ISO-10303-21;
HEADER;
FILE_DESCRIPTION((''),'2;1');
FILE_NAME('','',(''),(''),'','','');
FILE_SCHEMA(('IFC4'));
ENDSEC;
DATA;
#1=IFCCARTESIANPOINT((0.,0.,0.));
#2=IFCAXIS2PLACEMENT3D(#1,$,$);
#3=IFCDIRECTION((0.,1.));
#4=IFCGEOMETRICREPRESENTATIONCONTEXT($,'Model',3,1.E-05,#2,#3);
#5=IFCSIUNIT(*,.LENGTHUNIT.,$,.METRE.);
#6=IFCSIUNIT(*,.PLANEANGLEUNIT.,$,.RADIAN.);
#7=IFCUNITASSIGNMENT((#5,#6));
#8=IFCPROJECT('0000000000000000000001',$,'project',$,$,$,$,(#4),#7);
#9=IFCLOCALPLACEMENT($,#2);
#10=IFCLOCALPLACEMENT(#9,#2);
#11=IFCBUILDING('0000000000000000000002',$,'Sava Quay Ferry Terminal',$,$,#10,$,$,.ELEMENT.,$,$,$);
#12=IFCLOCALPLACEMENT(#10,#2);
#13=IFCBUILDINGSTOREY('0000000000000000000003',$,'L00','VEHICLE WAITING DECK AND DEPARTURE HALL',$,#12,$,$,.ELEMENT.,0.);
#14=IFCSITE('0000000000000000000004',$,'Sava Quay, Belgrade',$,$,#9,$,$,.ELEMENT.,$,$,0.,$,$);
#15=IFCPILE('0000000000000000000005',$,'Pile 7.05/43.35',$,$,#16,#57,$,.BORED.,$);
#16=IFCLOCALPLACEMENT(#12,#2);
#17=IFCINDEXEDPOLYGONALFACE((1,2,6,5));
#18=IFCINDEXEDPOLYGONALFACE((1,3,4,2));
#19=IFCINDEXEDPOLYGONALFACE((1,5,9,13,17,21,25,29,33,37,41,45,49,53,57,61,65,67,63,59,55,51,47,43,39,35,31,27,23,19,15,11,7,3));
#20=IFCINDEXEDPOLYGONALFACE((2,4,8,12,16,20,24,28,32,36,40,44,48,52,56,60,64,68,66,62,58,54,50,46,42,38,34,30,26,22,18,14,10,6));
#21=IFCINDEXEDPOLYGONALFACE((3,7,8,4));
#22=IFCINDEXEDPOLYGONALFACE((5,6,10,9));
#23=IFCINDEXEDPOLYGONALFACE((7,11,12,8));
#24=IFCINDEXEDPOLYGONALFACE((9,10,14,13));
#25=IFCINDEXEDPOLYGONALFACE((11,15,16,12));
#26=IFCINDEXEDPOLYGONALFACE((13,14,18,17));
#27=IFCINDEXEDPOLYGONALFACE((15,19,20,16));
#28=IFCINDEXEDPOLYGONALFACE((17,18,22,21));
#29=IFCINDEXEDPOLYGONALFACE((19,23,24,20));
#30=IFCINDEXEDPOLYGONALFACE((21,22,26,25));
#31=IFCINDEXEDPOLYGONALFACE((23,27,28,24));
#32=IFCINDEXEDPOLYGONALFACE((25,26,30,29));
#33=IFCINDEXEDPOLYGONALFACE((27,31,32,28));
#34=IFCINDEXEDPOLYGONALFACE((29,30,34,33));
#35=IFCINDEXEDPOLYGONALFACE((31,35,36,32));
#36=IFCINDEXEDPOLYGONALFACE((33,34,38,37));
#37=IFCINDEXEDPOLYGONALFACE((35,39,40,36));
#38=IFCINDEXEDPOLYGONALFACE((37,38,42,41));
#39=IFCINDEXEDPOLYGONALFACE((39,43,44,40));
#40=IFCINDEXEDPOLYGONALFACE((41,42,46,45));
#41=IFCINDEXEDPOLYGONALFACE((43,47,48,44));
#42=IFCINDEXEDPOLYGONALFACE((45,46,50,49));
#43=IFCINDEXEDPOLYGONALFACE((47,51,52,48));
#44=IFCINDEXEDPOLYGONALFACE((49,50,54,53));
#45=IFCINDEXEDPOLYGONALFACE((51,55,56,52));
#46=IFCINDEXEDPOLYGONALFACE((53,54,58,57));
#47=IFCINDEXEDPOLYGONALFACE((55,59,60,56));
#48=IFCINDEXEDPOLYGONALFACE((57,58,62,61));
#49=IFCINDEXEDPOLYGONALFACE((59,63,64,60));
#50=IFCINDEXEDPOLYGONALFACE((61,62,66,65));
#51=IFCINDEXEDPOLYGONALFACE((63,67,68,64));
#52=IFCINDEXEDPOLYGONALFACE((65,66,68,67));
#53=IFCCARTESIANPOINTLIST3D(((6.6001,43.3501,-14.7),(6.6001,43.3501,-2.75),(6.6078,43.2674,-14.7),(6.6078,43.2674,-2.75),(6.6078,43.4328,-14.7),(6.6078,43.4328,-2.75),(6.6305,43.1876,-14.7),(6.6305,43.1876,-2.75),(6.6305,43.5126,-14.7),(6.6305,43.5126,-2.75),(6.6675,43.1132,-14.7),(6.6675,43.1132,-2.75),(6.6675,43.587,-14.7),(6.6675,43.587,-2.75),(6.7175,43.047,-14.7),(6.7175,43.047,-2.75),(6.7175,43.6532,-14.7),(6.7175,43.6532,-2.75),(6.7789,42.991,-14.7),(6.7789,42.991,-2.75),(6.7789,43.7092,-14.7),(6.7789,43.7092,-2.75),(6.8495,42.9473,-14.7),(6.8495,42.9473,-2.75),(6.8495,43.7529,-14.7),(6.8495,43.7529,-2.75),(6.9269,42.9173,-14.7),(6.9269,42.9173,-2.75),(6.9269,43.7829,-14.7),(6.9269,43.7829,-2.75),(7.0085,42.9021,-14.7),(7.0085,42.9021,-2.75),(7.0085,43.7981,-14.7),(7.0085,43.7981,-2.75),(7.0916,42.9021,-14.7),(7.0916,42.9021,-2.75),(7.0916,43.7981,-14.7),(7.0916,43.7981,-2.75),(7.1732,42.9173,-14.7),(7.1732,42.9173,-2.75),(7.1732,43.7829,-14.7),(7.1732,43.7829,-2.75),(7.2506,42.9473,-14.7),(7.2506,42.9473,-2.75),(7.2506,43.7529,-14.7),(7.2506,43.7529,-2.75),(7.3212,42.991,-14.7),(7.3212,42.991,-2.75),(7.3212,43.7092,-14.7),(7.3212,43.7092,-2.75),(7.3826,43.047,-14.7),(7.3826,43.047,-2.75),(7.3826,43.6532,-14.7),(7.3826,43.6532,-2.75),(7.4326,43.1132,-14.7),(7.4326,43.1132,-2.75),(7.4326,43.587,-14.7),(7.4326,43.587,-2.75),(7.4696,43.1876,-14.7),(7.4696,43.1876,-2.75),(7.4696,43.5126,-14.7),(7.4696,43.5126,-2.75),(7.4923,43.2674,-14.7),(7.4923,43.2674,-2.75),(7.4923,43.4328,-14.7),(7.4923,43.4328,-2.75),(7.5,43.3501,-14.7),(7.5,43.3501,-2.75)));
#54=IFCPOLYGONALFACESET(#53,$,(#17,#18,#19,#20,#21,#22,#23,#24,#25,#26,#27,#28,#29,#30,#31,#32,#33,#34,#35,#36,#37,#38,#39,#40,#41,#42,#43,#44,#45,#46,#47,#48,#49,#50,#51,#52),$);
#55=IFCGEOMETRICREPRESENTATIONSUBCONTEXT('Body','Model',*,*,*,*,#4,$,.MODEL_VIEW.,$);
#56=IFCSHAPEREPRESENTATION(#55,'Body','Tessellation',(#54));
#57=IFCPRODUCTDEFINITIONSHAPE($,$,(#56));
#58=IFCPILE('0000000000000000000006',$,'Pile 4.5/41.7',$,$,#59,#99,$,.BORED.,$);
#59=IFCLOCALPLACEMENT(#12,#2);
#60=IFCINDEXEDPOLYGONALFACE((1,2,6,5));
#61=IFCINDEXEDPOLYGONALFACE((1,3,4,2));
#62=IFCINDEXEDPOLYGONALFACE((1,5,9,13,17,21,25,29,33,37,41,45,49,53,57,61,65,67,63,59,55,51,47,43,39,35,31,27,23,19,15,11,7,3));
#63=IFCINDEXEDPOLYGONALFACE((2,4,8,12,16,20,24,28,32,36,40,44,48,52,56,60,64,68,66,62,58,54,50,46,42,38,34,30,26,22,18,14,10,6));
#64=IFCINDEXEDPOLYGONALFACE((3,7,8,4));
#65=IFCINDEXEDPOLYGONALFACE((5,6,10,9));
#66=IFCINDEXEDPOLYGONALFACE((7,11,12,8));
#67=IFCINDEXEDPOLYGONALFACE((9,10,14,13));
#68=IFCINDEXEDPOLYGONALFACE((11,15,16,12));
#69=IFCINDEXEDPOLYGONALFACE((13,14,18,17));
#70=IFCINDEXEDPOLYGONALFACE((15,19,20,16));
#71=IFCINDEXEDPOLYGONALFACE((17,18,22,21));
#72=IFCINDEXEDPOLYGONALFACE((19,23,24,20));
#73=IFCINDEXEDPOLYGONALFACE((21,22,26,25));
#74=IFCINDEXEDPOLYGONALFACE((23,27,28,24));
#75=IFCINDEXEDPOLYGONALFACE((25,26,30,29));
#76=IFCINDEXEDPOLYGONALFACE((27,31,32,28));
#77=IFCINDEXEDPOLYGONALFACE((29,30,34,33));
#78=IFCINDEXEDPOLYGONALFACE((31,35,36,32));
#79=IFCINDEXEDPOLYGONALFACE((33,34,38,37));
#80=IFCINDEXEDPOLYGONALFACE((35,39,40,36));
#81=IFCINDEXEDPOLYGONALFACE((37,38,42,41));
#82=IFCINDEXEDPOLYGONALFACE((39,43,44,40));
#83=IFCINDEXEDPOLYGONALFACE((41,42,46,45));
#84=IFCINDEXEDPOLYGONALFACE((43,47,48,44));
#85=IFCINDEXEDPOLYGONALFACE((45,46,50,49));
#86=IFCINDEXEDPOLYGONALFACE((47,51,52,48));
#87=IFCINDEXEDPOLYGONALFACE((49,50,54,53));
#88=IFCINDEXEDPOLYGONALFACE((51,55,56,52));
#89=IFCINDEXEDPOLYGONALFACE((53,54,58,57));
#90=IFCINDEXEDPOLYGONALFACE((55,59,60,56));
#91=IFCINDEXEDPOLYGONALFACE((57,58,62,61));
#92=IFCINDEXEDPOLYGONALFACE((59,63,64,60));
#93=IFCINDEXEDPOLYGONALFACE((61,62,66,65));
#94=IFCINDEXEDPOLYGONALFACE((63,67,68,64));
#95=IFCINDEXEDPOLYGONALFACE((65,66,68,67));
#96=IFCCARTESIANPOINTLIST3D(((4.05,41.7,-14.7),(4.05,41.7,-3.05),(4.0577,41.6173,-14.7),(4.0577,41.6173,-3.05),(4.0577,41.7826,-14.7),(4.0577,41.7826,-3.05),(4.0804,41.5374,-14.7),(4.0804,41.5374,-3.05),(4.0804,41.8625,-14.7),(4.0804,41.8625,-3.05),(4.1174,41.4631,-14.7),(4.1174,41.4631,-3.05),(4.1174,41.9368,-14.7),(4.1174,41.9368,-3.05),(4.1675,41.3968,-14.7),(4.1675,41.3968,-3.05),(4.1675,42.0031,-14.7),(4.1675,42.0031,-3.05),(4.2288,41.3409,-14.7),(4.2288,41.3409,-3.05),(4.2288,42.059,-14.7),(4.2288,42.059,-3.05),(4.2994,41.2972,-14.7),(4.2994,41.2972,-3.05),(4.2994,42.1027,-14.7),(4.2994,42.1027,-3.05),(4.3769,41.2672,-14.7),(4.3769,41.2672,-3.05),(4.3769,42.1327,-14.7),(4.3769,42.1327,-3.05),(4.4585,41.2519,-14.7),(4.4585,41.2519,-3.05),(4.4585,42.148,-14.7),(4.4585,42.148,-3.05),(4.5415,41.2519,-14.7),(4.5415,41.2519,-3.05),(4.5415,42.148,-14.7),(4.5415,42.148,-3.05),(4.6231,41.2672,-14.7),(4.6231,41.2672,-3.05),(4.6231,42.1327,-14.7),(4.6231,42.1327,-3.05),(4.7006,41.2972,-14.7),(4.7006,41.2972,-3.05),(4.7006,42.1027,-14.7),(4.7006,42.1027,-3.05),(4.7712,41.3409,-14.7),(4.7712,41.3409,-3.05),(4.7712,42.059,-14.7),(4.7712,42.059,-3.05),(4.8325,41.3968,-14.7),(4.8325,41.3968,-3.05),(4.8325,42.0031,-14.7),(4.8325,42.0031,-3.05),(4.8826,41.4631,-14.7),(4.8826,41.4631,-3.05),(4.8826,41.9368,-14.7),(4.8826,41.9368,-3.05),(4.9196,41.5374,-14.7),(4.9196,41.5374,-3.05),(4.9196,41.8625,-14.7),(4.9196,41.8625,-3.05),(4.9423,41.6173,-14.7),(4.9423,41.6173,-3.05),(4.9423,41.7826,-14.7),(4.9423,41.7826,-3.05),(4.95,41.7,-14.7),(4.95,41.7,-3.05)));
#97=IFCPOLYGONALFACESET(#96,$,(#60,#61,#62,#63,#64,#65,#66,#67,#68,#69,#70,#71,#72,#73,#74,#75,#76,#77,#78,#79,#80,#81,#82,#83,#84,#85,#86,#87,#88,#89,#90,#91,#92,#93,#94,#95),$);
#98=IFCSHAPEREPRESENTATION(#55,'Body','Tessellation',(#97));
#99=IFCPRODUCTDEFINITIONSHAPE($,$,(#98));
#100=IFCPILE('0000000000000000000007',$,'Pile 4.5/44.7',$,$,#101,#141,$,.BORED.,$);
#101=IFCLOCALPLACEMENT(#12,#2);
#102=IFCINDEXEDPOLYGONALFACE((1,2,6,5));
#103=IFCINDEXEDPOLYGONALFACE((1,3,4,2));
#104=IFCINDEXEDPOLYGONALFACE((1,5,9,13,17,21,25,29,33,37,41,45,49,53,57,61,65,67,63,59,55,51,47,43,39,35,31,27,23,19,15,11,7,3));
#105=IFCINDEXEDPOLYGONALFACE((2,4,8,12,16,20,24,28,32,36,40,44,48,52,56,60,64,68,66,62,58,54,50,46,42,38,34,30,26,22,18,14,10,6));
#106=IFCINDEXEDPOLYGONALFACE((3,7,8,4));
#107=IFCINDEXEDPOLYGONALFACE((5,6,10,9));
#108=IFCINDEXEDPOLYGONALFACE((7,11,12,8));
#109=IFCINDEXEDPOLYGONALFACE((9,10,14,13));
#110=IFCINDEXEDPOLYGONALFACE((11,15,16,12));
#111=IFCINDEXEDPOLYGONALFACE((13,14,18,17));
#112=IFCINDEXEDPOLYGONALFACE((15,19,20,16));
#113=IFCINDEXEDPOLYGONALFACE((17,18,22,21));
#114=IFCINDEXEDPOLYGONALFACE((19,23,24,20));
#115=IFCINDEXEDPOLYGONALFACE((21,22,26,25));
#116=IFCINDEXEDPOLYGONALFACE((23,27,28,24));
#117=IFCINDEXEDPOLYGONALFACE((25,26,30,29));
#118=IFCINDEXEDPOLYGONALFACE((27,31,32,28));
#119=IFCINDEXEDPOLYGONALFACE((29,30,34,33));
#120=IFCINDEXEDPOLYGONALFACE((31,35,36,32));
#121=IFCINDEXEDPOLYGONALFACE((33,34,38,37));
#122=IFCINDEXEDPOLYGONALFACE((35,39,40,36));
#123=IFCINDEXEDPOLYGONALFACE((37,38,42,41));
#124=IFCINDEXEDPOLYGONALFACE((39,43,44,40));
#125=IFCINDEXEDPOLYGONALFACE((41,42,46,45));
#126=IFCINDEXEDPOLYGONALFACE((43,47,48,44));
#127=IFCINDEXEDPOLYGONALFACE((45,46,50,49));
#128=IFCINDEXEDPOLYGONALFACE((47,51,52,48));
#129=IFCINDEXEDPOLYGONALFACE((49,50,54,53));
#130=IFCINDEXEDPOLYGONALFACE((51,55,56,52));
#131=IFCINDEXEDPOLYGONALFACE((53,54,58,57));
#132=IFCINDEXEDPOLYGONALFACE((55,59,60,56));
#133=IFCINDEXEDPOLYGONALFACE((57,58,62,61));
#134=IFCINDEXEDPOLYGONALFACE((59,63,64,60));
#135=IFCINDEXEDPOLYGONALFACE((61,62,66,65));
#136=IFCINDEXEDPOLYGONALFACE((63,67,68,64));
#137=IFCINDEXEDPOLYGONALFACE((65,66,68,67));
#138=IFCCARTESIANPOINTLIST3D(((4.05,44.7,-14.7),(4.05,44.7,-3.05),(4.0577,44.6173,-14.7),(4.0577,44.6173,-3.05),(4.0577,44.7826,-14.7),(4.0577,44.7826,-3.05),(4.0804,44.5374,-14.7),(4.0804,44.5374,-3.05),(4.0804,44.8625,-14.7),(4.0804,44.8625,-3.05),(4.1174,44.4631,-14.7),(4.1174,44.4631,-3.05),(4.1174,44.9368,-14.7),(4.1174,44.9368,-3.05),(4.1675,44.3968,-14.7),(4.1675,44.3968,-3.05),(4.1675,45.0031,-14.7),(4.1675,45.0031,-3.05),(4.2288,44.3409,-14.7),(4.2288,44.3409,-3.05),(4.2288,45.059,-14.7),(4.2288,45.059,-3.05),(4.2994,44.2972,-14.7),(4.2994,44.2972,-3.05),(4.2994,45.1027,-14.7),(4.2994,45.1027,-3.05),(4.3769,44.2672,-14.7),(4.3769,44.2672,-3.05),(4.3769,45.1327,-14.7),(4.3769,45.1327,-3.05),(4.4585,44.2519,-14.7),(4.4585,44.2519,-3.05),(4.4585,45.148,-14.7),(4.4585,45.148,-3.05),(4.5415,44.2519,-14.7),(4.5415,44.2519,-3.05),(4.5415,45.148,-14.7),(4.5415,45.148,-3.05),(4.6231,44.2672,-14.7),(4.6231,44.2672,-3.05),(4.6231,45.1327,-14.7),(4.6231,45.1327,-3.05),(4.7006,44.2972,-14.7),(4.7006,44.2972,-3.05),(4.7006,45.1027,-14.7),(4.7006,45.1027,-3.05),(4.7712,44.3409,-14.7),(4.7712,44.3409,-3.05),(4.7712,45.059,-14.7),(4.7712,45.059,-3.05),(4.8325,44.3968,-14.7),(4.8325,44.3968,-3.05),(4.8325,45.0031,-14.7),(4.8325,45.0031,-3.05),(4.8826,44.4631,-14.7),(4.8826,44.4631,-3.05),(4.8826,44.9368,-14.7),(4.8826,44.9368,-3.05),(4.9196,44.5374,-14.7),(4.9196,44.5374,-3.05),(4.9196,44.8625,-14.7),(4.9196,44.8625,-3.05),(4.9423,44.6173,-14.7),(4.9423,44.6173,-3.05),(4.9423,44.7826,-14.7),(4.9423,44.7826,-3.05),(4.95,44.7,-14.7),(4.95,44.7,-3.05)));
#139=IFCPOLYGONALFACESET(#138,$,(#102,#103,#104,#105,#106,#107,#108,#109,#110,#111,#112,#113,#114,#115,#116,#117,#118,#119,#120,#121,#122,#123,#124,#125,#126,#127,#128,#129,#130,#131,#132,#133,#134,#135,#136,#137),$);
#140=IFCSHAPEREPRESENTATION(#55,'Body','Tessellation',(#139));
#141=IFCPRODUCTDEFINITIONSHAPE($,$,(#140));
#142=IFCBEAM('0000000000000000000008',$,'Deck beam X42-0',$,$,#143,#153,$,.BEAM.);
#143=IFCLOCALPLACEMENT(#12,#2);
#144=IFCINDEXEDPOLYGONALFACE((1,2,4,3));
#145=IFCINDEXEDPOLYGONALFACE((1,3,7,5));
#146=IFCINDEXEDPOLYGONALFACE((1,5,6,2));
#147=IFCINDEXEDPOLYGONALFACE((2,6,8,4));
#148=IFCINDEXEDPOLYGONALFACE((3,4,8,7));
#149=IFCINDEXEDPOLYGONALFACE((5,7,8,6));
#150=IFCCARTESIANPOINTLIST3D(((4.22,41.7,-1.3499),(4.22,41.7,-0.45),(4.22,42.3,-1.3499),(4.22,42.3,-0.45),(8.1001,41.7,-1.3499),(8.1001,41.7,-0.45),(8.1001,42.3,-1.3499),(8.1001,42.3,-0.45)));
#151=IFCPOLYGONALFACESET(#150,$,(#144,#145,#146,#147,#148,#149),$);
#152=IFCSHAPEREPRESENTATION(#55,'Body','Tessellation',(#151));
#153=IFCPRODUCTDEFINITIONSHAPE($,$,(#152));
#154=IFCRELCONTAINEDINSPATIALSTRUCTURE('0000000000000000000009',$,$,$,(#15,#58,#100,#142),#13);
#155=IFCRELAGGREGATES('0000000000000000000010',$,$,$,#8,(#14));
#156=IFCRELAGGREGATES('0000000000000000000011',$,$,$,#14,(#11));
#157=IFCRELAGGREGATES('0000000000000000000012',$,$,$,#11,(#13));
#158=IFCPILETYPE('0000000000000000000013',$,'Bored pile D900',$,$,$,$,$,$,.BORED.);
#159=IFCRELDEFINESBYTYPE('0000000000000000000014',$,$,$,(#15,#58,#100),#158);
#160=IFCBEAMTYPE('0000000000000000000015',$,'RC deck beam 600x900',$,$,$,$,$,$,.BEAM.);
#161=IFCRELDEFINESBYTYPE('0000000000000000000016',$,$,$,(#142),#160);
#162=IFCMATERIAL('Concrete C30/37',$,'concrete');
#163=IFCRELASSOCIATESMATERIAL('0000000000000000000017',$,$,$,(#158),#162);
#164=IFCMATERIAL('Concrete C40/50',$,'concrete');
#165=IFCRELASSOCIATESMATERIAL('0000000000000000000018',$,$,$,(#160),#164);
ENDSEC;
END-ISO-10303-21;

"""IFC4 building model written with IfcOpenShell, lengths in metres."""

from ifc_helpers import new_model, si_unit, direction, frame, origin, origin_2d, place, context, subcontext, project, spatial, rectangle, circle, extrude, material, material_profile, profile_set, type_object, element, save


model = new_model("IFC4")

# Units and contexts
model_context = context("Model", 3, precision=1e-05, world=origin(), true_north=direction((0.0, 1.0)))
body_context = subcontext(model_context, "Body", "Model", "MODEL_VIEW")
ifc_project = project(units=[si_unit("LENGTHUNIT", "METRE"), si_unit("PLANEANGLEUNIT", "RADIAN")], contexts=[model_context])

# Site, building, storey
site_placement = place(None, origin())
site = spatial("IfcSite", under=ifc_project, at=site_placement, Name="Sava Quay, Belgrade", CompositionType="ELEMENT", RefElevation=0.0)
building_placement = place(site_placement, origin())
building = spatial("IfcBuilding", under=site, at=building_placement, Name="Sava Quay Ferry Terminal", CompositionType="ELEMENT")
storey_placement = place(building_placement, origin())
storey = spatial("IfcBuildingStorey", under=building, at=storey_placement, Name="L00", Description="VEHICLE WAITING DECK AND DEPARTURE HALL", CompositionType="ELEMENT", Elevation=0.0)

# Piles
ifc_material_1 = material(Name="Concrete C30/37", Category="concrete")
ifc_material_profile_1 = material_profile(ifc_material_1, circle(Radius=0.45, at=origin_2d()), Name="Bored pile D900")
ifc_profile_set_1 = profile_set([ifc_material_profile_1], Name="Concrete C30/37")
pile_type = type_object("IfcPileType", Name="Bored pile D900", PredefinedType="BORED", material=ifc_profile_set_1)
pile_placement = place(storey_placement, frame((7.05, 43.3501, -2.75), z_axis=(0.0, 0.0, -1.0), x_axis=(1.0, 0.0, 0.0)))
element("IfcPile", 1, at=pile_placement, inside=storey, type_object=pile_type, Name="Pile 7.05/43.35", PredefinedType="BORED", context=body_context, shape_type="SweptSolid", body=[
    extrude(circle(Radius=0.45, at=origin_2d()), origin(), (0.0, 0.0, 1.0), 11.95),
])
for number, where, z_axis, x_axis, name in (
    (2, (4.5, 41.7, -3.05), (0.0, 0.0, -1.0), (1.0, 0.0, 0.0), "Pile 4.5/41.7"),
    (3, (4.5, 44.7, -3.05), (0.0, 0.0, -1.0), (1.0, 0.0, 0.0), "Pile 4.5/44.7"),
):
    element("IfcPile", number, at=place(storey_placement, frame(where, z_axis=z_axis, x_axis=x_axis)), inside=storey, type_object=pile_type, Name=name, PredefinedType="BORED", context=body_context, shape_type="SweptSolid", body=[
        extrude(circle(Radius=0.45, at=origin_2d()), origin(), (0.0, 0.0, 1.0), 11.6499),
    ])

# Beam
ifc_material_2 = material(Name="Concrete C40/50", Category="concrete")
ifc_material_profile_2 = material_profile(ifc_material_2, rectangle(XDim=0.6001, YDim=0.8999, at=origin_2d()), Name="RC 600x900")
ifc_profile_set_2 = profile_set([ifc_material_profile_2], Name="Concrete C40/50")
beam_type = type_object("IfcBeamType", Name="RC deck beam 600x900", PredefinedType="BEAM", material=ifc_profile_set_2)
beam_placement = place(storey_placement, frame((4.22, 42.0, -0.8999), z_axis=(1.0, 0.0, 0.0), x_axis=(0.0, 1.0, 0.0)))
element("IfcBeam", 4, at=beam_placement, inside=storey, type_object=beam_type, Name="Deck beam X42-0", PredefinedType="BEAM", context=body_context, shape_type="SweptSolid", body=[
    extrude(rectangle(XDim=0.6001, YDim=0.8999, at=origin_2d()), origin(), (0.0, 0.0, 1.0), 3.8801),
])

save(model, "model.ifc")
